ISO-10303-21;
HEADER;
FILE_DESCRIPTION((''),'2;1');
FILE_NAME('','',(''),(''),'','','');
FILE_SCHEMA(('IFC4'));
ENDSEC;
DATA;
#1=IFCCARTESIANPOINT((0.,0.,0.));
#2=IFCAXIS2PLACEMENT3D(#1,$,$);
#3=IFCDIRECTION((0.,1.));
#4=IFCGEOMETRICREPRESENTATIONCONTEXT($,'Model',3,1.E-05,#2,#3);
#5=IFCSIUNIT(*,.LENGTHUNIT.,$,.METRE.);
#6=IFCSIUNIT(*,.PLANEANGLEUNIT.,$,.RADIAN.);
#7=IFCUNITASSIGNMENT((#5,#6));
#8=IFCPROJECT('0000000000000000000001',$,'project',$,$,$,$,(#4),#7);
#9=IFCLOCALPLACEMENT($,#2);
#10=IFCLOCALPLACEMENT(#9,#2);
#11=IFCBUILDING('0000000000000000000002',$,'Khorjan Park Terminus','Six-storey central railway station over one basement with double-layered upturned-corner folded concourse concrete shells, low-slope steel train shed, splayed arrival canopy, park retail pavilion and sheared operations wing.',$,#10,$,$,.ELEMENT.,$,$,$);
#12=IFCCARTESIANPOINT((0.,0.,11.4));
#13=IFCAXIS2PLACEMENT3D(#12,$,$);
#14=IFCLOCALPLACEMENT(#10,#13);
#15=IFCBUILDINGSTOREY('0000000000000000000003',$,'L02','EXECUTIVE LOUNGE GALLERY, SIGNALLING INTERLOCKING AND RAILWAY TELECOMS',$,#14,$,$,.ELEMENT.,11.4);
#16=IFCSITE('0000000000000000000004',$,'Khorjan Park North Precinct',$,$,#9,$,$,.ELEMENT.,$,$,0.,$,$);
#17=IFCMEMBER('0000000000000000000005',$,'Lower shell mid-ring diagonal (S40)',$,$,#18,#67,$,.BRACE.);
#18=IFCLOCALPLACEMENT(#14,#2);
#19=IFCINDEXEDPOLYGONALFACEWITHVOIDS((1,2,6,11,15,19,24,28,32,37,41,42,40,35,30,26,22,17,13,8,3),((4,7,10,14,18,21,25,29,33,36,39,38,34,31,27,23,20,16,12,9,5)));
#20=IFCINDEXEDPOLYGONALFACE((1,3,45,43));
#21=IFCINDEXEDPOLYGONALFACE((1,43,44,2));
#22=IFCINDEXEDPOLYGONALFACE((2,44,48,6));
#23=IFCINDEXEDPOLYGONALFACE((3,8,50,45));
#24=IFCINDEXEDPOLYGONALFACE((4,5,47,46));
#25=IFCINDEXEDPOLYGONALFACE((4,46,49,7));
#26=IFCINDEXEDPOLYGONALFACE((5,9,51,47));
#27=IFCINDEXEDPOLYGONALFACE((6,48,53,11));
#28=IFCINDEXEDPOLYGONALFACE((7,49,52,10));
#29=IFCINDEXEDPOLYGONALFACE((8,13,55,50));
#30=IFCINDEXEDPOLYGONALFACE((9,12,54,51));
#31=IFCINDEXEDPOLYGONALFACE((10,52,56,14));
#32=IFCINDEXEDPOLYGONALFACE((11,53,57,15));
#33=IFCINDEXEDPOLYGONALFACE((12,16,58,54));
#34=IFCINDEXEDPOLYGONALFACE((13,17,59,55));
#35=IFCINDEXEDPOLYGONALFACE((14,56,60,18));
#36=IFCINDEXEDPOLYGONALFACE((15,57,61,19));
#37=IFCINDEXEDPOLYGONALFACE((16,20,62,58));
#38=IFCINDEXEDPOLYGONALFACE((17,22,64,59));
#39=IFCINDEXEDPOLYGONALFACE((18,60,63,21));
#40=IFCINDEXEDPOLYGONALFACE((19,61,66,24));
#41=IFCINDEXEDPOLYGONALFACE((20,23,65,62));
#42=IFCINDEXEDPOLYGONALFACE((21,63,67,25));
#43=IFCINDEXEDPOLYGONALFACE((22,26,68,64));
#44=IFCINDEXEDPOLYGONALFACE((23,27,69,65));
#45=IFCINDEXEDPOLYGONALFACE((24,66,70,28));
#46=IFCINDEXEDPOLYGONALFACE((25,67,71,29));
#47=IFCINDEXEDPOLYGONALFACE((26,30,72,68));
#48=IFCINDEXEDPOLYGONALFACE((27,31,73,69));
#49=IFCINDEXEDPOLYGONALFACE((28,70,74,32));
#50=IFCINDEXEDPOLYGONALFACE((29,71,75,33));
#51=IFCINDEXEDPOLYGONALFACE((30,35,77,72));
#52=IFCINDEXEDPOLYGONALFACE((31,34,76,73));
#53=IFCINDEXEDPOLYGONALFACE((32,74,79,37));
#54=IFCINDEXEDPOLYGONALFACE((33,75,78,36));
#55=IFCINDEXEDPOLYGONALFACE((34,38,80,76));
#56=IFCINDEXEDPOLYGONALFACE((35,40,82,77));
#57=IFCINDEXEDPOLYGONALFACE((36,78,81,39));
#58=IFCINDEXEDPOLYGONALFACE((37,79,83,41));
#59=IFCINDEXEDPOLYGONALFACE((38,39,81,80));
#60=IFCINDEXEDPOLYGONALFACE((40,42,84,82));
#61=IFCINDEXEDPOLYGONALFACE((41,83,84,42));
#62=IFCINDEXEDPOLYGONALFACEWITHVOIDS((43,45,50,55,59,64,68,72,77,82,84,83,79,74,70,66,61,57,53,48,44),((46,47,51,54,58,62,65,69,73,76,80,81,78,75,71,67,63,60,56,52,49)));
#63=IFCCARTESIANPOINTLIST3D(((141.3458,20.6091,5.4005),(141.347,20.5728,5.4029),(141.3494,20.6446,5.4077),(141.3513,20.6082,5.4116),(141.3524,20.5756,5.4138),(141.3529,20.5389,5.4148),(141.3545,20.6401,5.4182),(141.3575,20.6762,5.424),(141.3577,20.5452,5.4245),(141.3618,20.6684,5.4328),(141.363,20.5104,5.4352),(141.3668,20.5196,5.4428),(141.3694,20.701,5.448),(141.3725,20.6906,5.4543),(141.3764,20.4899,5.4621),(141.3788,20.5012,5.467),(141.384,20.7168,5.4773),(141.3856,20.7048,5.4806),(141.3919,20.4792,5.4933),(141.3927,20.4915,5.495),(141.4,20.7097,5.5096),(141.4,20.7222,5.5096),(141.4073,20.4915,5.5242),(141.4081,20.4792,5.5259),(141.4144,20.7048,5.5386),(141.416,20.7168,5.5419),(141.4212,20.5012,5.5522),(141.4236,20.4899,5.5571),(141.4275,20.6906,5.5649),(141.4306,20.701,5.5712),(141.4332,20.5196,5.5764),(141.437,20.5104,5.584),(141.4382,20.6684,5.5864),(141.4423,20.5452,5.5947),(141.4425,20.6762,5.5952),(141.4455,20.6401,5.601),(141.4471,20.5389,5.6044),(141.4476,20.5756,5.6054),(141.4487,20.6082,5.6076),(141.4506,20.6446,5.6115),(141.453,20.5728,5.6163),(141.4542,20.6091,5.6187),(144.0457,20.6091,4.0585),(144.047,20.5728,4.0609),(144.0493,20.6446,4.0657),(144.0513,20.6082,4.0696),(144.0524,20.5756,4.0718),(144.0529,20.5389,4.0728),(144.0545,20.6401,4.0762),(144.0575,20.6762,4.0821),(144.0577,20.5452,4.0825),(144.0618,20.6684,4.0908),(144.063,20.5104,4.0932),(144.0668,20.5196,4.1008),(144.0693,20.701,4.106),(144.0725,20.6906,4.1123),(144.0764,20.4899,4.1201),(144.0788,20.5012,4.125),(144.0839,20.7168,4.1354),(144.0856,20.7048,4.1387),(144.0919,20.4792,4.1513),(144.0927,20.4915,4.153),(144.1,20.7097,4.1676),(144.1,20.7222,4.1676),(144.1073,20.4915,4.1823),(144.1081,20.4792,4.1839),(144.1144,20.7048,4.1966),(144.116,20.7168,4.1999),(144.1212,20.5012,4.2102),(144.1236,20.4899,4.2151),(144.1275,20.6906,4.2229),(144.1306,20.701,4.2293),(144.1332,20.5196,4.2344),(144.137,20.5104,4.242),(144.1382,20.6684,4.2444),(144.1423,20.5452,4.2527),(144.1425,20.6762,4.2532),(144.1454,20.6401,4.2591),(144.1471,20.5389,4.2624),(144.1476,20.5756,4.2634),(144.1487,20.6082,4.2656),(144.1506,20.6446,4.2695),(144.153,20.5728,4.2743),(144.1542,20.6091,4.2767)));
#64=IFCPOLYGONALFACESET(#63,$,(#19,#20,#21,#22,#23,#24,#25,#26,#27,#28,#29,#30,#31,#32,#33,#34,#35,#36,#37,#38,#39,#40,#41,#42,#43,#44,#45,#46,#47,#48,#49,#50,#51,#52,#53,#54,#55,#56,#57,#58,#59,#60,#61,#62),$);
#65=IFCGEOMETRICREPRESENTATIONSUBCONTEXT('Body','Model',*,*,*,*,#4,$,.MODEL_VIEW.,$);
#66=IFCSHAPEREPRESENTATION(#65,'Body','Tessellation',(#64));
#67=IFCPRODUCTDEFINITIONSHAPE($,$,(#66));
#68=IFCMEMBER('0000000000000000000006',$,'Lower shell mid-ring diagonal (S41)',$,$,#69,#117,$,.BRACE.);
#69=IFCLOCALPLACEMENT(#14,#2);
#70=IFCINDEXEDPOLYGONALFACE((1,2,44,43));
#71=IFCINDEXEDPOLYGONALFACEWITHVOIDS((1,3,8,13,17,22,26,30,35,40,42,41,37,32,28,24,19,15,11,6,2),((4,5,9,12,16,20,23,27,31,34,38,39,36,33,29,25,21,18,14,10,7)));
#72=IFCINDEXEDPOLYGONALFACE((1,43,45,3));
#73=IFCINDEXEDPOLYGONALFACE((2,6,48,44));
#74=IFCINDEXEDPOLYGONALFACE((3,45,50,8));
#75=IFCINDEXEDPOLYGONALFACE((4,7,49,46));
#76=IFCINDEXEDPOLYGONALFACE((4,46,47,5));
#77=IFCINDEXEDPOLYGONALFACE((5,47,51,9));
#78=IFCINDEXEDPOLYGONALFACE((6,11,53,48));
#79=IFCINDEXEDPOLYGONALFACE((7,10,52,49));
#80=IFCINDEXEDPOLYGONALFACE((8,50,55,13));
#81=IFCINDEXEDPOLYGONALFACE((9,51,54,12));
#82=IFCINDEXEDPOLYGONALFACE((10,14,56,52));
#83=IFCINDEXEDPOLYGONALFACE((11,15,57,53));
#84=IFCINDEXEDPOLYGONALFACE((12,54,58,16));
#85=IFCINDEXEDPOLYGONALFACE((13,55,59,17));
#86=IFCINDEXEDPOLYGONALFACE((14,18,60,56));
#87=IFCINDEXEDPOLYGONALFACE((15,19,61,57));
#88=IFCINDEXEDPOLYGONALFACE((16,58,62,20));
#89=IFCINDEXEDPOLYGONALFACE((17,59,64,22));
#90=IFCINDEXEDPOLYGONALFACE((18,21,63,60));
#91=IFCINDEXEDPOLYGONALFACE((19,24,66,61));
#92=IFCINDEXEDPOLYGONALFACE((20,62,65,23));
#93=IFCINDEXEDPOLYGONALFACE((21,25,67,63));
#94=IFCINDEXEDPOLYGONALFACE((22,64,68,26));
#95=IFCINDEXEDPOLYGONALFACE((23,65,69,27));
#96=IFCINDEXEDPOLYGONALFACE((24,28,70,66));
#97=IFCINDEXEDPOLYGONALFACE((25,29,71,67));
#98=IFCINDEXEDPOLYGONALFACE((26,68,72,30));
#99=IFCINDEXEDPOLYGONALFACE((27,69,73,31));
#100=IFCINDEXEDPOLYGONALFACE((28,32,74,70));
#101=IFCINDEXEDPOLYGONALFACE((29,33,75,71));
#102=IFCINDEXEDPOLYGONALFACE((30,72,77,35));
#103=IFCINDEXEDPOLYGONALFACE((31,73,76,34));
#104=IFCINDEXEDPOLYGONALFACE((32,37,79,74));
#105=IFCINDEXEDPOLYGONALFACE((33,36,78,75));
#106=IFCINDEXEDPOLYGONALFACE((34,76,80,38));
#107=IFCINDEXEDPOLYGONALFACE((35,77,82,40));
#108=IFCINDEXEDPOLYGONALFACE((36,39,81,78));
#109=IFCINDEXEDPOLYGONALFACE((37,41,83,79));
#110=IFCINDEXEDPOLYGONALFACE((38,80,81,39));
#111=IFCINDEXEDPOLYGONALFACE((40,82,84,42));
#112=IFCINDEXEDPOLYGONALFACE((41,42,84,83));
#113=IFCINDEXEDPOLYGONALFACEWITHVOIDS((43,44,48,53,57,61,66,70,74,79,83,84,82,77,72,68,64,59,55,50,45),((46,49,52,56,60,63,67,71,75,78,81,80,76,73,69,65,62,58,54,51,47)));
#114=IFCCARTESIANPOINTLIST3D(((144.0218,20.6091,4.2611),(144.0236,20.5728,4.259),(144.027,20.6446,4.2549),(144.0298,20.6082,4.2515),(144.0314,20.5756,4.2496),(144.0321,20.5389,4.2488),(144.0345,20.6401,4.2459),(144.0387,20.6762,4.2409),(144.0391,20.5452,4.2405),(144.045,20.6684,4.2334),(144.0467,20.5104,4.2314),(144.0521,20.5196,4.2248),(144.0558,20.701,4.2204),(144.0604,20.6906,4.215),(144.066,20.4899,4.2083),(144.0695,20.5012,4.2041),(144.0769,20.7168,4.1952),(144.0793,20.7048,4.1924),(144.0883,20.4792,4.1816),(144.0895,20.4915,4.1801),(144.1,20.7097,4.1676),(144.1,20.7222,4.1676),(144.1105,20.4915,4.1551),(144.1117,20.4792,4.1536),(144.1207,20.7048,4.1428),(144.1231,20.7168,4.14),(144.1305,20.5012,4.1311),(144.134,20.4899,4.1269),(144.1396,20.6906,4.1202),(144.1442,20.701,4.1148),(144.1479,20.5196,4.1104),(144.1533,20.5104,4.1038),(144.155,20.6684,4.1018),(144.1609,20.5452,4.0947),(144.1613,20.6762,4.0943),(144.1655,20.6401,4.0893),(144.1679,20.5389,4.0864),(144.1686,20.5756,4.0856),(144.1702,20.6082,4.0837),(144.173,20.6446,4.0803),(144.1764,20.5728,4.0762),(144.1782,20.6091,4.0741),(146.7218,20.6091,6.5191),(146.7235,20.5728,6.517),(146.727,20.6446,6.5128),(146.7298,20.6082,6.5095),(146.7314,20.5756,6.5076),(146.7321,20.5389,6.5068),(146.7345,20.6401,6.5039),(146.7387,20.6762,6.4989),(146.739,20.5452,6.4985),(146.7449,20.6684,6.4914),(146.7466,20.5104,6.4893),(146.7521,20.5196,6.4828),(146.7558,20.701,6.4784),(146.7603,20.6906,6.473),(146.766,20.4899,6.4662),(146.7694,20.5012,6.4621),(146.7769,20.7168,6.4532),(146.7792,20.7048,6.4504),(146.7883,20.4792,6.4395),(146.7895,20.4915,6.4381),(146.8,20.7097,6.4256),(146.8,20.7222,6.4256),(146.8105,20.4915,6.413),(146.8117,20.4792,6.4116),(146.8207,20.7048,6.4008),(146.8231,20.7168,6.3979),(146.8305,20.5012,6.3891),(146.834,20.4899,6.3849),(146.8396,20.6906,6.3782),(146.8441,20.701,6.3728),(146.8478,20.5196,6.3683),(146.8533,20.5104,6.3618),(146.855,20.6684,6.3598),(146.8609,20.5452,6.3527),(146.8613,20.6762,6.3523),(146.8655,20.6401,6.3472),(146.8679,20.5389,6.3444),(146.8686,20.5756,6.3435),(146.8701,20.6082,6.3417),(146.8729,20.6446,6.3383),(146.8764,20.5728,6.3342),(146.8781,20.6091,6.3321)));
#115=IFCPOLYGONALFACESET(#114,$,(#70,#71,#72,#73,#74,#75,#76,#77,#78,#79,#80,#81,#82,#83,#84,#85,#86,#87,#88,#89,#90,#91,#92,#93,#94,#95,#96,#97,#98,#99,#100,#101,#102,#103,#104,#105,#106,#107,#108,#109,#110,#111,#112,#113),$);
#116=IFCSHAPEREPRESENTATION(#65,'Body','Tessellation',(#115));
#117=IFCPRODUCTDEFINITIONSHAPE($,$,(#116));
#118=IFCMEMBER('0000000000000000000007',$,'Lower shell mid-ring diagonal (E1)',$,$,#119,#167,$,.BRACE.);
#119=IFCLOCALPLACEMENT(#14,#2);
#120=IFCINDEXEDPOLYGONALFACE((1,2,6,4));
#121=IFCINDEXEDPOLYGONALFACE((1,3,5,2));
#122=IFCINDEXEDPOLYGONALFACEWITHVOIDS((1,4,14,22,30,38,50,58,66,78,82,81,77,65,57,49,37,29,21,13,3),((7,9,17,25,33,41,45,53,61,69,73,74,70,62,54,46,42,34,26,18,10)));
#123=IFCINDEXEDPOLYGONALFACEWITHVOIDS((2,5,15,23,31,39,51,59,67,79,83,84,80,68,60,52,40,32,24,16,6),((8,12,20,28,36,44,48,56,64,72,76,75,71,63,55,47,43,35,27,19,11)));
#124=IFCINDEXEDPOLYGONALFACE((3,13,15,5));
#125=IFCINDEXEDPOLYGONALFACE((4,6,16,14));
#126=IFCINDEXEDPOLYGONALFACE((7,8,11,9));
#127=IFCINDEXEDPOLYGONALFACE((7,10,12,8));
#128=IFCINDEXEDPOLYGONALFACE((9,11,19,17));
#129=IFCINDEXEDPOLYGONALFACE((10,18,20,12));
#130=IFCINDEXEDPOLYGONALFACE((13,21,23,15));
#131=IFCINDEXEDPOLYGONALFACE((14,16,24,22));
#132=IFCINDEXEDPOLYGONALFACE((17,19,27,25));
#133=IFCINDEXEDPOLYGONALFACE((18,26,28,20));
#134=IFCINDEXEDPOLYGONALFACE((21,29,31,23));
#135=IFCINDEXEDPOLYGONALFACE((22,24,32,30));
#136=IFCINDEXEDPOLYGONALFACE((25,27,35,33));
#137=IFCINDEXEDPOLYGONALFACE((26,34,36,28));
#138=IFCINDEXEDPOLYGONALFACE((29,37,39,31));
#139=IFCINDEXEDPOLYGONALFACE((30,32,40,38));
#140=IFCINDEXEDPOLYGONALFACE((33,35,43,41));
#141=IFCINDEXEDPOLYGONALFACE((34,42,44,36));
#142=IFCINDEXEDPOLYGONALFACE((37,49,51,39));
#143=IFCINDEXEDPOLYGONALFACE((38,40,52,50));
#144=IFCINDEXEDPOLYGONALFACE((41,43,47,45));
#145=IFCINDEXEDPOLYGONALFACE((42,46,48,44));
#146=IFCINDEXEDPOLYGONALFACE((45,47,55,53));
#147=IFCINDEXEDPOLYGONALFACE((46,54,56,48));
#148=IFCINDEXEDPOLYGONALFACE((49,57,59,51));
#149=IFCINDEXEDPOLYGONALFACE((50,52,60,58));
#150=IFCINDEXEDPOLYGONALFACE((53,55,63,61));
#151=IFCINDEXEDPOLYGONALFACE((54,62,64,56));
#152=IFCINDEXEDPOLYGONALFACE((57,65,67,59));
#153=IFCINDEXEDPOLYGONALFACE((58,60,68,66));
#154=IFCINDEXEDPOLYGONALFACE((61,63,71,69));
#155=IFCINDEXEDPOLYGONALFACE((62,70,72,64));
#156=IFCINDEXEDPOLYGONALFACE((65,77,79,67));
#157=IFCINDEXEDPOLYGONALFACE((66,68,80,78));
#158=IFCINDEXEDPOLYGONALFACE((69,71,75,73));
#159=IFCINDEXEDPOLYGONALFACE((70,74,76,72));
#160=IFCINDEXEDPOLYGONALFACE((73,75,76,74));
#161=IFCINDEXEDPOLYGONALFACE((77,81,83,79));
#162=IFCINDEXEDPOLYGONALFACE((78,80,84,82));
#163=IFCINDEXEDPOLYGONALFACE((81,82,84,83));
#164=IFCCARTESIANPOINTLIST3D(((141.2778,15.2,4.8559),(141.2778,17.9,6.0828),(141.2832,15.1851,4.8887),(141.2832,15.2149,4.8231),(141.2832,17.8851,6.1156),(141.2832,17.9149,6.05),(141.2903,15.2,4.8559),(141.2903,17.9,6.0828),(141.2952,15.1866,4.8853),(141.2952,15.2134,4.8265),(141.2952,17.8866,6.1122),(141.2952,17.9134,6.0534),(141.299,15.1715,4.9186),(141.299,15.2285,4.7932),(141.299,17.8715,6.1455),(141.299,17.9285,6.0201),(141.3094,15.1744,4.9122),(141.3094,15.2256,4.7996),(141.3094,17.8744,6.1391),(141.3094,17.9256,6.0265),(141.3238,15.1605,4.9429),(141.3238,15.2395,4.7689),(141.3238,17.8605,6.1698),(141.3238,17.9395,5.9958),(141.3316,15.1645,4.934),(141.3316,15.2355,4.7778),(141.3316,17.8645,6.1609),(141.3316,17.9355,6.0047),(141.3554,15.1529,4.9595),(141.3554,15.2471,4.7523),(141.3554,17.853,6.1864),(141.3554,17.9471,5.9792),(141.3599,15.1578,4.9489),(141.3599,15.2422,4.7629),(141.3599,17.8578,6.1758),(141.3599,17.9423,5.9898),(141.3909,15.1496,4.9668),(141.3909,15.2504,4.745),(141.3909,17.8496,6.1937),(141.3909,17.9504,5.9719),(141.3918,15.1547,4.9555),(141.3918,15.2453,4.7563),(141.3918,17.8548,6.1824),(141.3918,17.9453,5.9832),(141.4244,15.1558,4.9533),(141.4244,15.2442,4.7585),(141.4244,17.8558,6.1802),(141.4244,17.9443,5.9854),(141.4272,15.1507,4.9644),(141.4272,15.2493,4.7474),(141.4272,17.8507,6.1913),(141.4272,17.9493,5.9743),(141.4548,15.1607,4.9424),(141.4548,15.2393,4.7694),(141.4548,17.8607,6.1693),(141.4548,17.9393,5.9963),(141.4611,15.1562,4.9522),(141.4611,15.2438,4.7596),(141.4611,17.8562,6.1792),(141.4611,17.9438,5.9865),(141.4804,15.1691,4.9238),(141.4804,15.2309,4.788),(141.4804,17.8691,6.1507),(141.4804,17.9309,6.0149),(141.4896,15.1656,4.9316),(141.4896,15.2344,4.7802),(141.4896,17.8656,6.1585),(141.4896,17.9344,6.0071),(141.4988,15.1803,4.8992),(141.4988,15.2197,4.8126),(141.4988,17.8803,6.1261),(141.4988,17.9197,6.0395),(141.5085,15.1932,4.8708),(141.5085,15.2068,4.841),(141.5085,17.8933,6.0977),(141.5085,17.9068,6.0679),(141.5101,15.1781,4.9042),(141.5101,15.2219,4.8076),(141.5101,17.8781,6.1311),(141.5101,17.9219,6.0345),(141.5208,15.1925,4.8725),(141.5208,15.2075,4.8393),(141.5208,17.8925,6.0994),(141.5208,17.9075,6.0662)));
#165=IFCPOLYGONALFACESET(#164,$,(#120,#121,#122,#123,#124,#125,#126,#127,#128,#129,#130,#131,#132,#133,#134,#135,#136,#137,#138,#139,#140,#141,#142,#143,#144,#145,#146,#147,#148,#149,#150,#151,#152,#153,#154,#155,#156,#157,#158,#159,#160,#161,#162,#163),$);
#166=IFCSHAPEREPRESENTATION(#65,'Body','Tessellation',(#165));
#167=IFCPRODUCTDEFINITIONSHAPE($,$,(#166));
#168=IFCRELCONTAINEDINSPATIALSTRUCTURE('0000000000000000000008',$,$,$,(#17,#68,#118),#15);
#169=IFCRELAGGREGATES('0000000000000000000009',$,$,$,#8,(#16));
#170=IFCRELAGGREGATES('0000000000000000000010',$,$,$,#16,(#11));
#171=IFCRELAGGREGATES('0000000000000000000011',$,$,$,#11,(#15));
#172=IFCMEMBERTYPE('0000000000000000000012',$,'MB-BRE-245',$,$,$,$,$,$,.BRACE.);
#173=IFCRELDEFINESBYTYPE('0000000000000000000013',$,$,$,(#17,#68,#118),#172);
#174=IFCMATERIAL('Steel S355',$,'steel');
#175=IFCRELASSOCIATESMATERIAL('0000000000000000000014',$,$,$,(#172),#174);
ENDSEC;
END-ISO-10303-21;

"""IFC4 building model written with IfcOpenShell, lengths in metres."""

from ifc_helpers import new_model, si_unit, direction, frame, origin, origin_2d, place, context, subcontext, project, spatial, hollow_circle, extrude, material, material_profile, profile_set, type_object, element, save


model = new_model("IFC4")

# Units and contexts
model_context = context("Model", 3, precision=1e-05, world=origin(), true_north=direction((0.0, 1.0)))
body_context = subcontext(model_context, "Body", "Model", "MODEL_VIEW")
ifc_project = project(units=[si_unit("LENGTHUNIT", "METRE"), si_unit("PLANEANGLEUNIT", "RADIAN")], contexts=[model_context])

# Site, building, storey
site_placement = place(None, origin())
site = spatial("IfcSite", under=ifc_project, at=site_placement, Name="Khorjan Park North Precinct", CompositionType="ELEMENT", RefElevation=0.0)
building_placement = place(site_placement, origin())
building = spatial("IfcBuilding", under=site, at=building_placement, Name="Khorjan Park Terminus", Description="Six-storey central railway station over one basement with double-layered upturned-corner folded concourse concrete shells, low-slope steel train shed, splayed arrival canopy, park retail pavilion and sheared operations wing.", CompositionType="ELEMENT")
storey_placement = place(building_placement, frame((0.0, 0.0, 11.4)))
storey = spatial("IfcBuildingStorey", under=building, at=storey_placement, Name="L02", Description="EXECUTIVE LOUNGE GALLERY, SIGNALLING INTERLOCKING AND RAILWAY TELECOMS", CompositionType="ELEMENT", Elevation=11.4)

# Members
ifc_material_1 = material(Name="Steel S355", Category="steel")
ifc_material_profile_1 = material_profile(ifc_material_1, hollow_circle(Radius=0.1222, WallThickness=0.0125, at=origin_2d()), Name="CHS 244.5x12.5")
ifc_profile_set_1 = profile_set([ifc_material_profile_1], Name="Steel S355")
member_type_1 = type_object("IfcMemberType", Name="MB-BRE-245", PredefinedType="BRACE", material=ifc_profile_set_1)
member_1_placement = place(storey_placement, frame((141.4, 20.6, 5.5096), z_axis=(0.895486, 0.0, -0.44509), x_axis=(0.0, 1.0, 0.0)))
element("IfcMember", 1, at=member_1_placement, inside=storey, type_object=member_type_1, Name="Lower shell mid-ring diagonal (S40)", PredefinedType="BRACE", context=body_context, shape_type="SweptSolid", body=[
    extrude(hollow_circle(Radius=0.1222, WallThickness=0.0125, at=origin_2d()), origin(), (0.0, 0.0, 1.0), 3.0151),
])
member_2_placement = place(storey_placement, frame((144.1, 20.6, 4.1676), z_axis=(0.767102, 0.0, 0.641525), x_axis=(0.0, 1.0, 0.0)))
element("IfcMember", 2, at=member_2_placement, inside=storey, type_object=member_type_1, Name="Lower shell mid-ring diagonal (S41)", PredefinedType="BRACE", context=body_context, shape_type="SweptSolid", body=[
    extrude(hollow_circle(Radius=0.1222, WallThickness=0.0125, at=origin_2d()), origin(), (0.0, 0.0, 1.0), 3.5197),
])
member_3_placement = place(storey_placement, frame((141.4, 15.2, 4.8559), z_axis=(0.0, 0.910414, 0.413699), x_axis=(-1.0, 0.0, 0.0)))
element("IfcMember", 3, at=member_3_placement, inside=storey, type_object=member_type_1, Name="Lower shell mid-ring diagonal (E1)", PredefinedType="BRACE", context=body_context, shape_type="SweptSolid", body=[
    extrude(hollow_circle(Radius=0.1222, WallThickness=0.0125, at=origin_2d()), origin(), (0.0, 0.0, 1.0), 2.9657),
])

save(model, "model.ifc")
